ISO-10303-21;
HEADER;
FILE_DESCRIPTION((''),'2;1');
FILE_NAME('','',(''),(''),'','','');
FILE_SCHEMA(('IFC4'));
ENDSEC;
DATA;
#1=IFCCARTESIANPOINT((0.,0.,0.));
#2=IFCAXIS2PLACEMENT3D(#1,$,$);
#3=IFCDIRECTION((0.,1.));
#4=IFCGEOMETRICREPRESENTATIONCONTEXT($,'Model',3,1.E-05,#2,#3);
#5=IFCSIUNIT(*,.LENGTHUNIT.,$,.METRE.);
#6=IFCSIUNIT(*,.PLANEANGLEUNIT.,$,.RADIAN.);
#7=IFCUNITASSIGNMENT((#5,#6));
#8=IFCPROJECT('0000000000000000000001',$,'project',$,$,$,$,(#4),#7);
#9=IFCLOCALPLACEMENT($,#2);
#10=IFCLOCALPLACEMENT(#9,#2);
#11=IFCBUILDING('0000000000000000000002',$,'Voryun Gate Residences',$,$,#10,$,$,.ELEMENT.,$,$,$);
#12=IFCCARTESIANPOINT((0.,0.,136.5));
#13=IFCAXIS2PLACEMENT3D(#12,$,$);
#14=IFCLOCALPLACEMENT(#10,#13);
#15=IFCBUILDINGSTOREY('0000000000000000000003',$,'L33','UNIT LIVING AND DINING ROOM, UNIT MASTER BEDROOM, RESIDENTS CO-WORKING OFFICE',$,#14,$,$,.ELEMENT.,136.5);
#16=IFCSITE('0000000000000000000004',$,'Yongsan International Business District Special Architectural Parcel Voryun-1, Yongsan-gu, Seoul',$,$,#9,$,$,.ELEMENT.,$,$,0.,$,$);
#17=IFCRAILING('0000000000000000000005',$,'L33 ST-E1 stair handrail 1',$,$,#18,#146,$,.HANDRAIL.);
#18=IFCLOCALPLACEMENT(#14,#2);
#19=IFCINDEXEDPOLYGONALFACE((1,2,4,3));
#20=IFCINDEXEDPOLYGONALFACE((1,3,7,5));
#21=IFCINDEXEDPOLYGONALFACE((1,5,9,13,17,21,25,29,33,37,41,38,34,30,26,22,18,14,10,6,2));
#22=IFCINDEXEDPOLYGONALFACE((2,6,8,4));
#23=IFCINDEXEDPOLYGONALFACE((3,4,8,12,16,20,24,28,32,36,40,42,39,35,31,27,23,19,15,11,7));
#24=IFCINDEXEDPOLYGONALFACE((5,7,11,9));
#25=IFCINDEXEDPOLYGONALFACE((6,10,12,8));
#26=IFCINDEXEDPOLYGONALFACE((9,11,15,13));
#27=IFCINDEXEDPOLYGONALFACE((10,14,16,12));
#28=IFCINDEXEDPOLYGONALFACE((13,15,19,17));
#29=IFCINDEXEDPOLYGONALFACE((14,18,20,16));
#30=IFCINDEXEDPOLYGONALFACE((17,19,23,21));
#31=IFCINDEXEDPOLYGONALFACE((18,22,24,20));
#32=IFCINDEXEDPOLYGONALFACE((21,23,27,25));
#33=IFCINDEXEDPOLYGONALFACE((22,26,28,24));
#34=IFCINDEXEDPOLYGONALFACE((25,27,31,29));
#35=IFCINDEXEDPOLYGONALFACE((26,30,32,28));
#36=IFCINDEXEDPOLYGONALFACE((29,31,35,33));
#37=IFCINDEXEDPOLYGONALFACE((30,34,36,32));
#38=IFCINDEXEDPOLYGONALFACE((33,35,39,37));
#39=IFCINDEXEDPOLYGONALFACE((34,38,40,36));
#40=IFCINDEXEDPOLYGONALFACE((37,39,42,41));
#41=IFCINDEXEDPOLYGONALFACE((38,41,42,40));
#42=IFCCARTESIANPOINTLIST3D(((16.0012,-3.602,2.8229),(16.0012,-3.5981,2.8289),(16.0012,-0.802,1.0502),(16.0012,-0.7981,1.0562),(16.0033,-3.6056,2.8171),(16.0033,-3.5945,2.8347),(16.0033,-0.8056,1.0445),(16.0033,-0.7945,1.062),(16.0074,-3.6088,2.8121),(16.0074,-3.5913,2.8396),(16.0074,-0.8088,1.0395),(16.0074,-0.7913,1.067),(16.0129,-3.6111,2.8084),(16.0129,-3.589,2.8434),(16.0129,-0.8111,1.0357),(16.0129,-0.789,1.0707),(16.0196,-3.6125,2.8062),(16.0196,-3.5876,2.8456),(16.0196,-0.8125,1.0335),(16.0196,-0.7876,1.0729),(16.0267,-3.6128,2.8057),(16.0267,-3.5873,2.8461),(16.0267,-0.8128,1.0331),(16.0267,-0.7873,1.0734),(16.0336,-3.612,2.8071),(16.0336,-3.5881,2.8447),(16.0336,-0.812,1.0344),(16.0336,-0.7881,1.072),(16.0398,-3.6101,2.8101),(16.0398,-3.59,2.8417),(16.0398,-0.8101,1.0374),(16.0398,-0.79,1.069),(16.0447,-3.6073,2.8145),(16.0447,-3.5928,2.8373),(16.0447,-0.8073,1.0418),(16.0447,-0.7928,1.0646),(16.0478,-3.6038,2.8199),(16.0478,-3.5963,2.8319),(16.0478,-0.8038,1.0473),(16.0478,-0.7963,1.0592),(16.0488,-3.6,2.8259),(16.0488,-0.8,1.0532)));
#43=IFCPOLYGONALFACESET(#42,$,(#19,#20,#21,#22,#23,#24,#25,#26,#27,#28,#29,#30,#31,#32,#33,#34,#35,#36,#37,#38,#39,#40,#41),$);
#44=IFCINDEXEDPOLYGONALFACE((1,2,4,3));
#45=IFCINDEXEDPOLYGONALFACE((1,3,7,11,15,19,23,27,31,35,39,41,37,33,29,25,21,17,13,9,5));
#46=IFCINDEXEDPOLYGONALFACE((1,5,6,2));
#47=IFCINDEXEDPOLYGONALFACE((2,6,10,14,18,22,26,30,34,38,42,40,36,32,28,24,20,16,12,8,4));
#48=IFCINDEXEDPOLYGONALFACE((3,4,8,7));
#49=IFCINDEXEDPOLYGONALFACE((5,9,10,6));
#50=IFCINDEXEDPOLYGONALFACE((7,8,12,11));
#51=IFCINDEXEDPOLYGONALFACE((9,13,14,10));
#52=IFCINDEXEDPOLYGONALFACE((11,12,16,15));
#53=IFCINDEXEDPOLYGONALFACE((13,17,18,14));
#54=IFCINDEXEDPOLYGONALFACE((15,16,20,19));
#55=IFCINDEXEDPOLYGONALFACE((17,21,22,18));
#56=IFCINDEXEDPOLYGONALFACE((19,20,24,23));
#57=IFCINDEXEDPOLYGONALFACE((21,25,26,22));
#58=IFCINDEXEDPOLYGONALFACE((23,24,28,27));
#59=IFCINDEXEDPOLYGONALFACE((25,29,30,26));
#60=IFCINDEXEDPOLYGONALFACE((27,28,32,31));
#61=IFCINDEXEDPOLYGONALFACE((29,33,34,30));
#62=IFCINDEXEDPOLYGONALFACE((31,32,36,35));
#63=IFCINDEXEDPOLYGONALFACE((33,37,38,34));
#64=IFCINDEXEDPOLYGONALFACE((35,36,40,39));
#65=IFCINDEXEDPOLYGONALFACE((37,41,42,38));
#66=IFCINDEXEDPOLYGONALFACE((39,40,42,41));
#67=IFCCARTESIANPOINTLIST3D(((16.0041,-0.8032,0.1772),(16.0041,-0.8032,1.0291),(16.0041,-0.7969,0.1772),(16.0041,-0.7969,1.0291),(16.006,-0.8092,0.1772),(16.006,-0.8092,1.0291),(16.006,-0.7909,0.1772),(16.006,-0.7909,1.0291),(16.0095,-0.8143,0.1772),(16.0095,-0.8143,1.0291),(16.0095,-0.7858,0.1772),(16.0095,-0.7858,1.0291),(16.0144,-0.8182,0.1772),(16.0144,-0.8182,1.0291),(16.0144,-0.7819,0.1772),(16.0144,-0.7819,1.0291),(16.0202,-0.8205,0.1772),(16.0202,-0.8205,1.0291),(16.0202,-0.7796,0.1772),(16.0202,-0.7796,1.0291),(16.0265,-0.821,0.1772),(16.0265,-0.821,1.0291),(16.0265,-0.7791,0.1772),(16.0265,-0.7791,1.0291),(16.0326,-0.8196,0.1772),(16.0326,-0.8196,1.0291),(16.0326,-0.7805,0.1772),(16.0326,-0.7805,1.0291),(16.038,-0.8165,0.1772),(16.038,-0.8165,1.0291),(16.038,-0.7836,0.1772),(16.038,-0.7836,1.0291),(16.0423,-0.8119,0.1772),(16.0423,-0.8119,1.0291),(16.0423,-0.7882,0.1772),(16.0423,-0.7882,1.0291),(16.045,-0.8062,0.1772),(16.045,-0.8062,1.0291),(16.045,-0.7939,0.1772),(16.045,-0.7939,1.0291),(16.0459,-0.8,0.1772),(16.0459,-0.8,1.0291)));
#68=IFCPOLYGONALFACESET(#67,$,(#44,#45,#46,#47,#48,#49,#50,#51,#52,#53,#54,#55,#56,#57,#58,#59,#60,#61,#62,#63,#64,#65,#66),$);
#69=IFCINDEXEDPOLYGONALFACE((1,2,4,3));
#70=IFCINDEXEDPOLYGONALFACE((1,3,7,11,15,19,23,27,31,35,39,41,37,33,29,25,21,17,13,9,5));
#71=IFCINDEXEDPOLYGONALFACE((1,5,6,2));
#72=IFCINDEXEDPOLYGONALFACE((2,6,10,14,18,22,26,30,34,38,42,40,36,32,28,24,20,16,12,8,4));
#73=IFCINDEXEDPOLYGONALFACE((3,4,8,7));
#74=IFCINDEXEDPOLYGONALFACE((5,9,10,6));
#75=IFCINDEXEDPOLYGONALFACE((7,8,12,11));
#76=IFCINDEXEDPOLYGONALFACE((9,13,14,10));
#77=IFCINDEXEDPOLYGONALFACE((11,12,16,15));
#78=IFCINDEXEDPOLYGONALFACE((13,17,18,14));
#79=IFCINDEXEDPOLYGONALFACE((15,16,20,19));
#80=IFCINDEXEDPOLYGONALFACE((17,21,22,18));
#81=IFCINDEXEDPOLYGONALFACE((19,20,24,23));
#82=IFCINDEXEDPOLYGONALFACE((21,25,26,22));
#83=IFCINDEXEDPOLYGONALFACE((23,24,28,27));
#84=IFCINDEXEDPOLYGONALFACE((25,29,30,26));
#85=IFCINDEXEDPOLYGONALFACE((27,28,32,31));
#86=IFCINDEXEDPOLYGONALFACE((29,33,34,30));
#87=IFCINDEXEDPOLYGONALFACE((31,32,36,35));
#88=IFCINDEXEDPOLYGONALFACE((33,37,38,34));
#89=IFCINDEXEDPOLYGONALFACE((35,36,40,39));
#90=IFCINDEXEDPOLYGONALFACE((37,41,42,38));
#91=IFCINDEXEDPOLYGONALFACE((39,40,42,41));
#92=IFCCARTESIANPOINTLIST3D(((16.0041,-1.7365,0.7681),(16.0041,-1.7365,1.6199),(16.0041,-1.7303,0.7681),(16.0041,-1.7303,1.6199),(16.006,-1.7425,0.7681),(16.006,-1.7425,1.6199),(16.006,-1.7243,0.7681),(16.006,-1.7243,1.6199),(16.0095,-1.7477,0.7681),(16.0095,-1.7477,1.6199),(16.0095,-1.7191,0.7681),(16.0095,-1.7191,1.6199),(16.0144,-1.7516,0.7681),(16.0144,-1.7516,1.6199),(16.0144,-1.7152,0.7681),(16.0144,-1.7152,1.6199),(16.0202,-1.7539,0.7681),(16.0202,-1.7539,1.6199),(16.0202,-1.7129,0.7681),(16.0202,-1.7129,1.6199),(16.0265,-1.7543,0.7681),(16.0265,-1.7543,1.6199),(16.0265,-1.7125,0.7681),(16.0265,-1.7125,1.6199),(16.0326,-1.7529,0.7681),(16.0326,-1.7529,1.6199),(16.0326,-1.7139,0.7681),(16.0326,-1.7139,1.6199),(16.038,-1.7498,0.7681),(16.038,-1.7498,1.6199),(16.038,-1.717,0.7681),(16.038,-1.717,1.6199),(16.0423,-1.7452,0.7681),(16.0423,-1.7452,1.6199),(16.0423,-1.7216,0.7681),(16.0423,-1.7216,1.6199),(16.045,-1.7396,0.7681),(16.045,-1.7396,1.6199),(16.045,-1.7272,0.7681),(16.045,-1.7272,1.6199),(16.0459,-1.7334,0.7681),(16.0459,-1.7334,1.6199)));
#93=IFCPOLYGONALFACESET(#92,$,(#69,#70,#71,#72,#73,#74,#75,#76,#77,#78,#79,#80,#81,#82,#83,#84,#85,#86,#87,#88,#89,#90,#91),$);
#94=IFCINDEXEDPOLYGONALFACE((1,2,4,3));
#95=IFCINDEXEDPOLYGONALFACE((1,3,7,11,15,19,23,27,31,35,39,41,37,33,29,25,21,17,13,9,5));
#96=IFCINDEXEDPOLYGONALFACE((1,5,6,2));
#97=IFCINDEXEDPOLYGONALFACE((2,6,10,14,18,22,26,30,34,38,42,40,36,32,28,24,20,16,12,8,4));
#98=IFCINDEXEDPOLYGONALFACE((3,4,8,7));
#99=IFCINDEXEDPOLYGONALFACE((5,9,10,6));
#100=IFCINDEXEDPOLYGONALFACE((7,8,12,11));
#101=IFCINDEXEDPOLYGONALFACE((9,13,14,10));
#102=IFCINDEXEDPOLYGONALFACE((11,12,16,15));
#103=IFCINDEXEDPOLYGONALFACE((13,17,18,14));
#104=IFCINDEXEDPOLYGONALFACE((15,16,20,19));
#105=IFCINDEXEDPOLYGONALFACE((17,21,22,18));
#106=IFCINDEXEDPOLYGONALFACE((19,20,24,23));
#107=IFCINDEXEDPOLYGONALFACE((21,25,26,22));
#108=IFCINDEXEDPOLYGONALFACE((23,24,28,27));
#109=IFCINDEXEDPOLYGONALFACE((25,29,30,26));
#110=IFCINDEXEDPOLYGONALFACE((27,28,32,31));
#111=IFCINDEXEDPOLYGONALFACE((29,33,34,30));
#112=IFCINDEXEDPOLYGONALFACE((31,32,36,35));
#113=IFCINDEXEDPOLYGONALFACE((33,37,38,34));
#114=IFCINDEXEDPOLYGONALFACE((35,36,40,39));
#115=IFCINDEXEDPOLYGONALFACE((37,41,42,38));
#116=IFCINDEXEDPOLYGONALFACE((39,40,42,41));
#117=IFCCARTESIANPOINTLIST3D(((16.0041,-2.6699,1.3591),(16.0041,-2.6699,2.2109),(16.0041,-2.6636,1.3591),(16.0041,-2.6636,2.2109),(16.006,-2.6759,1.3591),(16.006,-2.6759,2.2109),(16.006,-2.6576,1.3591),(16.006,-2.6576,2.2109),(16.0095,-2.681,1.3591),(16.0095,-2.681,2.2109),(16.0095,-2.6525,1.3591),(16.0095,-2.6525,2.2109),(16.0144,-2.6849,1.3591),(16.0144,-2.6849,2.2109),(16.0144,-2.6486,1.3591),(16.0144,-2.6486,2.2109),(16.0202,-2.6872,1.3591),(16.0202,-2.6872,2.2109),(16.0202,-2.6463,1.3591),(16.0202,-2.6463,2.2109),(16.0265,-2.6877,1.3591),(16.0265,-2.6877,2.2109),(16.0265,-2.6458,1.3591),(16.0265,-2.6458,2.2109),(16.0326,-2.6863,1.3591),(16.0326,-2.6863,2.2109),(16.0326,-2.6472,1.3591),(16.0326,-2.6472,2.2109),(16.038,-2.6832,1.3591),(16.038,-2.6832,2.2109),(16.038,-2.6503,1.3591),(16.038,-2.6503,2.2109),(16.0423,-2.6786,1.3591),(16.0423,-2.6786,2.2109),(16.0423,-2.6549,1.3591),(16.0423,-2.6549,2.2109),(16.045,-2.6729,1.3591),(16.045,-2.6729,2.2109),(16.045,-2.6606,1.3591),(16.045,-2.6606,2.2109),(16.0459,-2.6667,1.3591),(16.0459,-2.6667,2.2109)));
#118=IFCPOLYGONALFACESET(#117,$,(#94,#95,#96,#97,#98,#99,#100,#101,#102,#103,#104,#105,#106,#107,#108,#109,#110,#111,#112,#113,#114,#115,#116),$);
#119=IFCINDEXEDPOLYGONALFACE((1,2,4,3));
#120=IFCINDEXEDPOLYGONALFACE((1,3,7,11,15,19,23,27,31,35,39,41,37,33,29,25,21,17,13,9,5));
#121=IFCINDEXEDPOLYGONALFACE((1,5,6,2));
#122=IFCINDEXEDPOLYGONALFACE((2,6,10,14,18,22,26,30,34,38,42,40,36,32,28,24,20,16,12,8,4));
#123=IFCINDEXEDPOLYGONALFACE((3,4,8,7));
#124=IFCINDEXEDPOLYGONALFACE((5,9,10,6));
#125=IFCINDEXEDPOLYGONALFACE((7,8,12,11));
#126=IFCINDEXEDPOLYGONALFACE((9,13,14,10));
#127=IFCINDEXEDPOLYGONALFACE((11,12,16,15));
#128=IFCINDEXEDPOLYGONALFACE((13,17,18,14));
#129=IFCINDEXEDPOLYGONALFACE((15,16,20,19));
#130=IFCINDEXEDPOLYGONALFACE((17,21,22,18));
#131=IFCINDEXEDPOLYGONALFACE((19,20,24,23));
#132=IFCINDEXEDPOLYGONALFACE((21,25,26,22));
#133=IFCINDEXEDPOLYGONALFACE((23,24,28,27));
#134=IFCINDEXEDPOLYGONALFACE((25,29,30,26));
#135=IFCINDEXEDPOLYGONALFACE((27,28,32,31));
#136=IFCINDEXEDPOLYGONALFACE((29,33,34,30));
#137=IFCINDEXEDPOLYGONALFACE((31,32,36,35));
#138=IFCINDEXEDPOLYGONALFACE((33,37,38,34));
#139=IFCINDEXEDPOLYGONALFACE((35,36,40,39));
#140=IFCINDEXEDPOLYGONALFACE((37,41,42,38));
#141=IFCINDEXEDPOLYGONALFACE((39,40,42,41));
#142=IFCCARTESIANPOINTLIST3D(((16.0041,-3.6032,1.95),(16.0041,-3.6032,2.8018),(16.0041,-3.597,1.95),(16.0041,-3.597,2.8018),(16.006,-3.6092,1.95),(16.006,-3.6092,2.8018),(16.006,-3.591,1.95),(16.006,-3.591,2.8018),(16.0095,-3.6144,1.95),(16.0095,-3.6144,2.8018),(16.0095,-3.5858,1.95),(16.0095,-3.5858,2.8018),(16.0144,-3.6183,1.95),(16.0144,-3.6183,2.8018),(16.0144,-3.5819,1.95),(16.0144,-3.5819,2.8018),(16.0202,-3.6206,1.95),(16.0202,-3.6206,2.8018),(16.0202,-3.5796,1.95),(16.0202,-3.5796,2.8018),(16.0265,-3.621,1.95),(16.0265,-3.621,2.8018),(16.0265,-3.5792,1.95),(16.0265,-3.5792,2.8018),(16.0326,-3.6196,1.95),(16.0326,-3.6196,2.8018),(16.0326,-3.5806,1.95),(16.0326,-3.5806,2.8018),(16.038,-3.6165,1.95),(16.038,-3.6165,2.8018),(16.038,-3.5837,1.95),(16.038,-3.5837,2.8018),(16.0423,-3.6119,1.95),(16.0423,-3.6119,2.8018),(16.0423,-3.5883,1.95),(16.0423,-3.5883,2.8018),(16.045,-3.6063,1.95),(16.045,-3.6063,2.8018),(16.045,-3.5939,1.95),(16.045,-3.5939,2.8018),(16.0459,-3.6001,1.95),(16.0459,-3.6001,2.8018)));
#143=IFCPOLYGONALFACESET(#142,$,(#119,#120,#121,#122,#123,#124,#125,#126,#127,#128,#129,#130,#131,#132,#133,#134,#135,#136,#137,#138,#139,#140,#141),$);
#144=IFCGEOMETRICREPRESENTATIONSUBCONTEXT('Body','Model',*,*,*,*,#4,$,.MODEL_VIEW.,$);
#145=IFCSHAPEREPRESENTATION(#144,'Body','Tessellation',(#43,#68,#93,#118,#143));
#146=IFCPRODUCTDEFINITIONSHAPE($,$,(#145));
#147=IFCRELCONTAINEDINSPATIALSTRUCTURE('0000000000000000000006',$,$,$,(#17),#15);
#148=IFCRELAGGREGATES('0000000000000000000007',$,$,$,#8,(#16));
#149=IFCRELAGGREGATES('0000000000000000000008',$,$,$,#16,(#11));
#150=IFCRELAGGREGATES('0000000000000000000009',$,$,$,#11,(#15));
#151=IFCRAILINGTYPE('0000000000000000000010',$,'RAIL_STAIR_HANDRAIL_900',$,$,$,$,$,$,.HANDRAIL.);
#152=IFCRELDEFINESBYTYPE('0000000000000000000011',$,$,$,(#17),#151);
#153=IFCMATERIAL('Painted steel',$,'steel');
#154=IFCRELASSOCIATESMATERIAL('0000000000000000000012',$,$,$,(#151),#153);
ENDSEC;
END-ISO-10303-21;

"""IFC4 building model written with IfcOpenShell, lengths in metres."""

from ifc_helpers import new_model, si_unit, direction, frame, origin, origin_2d, place, context, subcontext, project, spatial, circle, extrude, material, type_object, element, save


model = new_model("IFC4")

# Units and contexts
model_context = context("Model", 3, precision=1e-05, world=origin(), true_north=direction((0.0, 1.0)))
body_context = subcontext(model_context, "Body", "Model", "MODEL_VIEW")
ifc_project = project(units=[si_unit("LENGTHUNIT", "METRE"), si_unit("PLANEANGLEUNIT", "RADIAN")], contexts=[model_context])

# Site, building, storey
site_placement = place(None, origin())
site = spatial("IfcSite", under=ifc_project, at=site_placement, Name="Yongsan International Business District Special Architectural Parcel Voryun-1, Yongsan-gu, Seoul", CompositionType="ELEMENT", RefElevation=0.0)
building_placement = place(site_placement, origin())
building = spatial("IfcBuilding", under=site, at=building_placement, Name="Voryun Gate Residences", CompositionType="ELEMENT")
storey_placement = place(building_placement, frame((0.0, 0.0, 136.5)))
storey = spatial("IfcBuildingStorey", under=building, at=storey_placement, Name="L33", Description="UNIT LIVING AND DINING ROOM, UNIT MASTER BEDROOM, RESIDENTS CO-WORKING OFFICE", CompositionType="ELEMENT", Elevation=136.5)

# Railing
ifc_material_1 = material(Name="Painted steel", Category="steel")
railing_type_1 = type_object("IfcRailingType", Name="RAIL_STAIR_HANDRAIL_900", PredefinedType="HANDRAIL", material=ifc_material_1)
railing_1_placement = place(storey_placement, frame((16.0249, -0.8, 0.1772)))
element("IfcRailing", 1, at=railing_1_placement, inside=storey, type_object=railing_type_1, Name="L33 ST-E1 stair handrail 1", PredefinedType="HANDRAIL", context=body_context, shape_type="SweptSolid", body=[
    extrude(circle(Radius=0.0239, at=origin_2d()), frame((0.0, 0.0, 0.876), z_axis=(0.0, -0.844909, 0.53491), x_axis=(1.0, 0.0, 0.0)), (0.0, 0.0, 1.0), 3.314),
    extrude(circle(Radius=0.021, at=origin_2d()), origin(), (0.0, 0.0, 1.0), 0.8518),
    extrude(circle(Radius=0.021, at=origin_2d()), frame((0.0, -0.9333, 0.5908)), (0.0, 0.0, 1.0), 0.8518),
    extrude(circle(Radius=0.021, at=origin_2d()), frame((0.0, -1.8667, 1.1819)), (0.0, 0.0, 1.0), 0.8518),
    extrude(circle(Radius=0.021, at=origin_2d()), frame((0.0, -2.8, 1.7727)), (0.0, 0.0, 1.0), 0.8518),
])

save(model, "model.ifc")
